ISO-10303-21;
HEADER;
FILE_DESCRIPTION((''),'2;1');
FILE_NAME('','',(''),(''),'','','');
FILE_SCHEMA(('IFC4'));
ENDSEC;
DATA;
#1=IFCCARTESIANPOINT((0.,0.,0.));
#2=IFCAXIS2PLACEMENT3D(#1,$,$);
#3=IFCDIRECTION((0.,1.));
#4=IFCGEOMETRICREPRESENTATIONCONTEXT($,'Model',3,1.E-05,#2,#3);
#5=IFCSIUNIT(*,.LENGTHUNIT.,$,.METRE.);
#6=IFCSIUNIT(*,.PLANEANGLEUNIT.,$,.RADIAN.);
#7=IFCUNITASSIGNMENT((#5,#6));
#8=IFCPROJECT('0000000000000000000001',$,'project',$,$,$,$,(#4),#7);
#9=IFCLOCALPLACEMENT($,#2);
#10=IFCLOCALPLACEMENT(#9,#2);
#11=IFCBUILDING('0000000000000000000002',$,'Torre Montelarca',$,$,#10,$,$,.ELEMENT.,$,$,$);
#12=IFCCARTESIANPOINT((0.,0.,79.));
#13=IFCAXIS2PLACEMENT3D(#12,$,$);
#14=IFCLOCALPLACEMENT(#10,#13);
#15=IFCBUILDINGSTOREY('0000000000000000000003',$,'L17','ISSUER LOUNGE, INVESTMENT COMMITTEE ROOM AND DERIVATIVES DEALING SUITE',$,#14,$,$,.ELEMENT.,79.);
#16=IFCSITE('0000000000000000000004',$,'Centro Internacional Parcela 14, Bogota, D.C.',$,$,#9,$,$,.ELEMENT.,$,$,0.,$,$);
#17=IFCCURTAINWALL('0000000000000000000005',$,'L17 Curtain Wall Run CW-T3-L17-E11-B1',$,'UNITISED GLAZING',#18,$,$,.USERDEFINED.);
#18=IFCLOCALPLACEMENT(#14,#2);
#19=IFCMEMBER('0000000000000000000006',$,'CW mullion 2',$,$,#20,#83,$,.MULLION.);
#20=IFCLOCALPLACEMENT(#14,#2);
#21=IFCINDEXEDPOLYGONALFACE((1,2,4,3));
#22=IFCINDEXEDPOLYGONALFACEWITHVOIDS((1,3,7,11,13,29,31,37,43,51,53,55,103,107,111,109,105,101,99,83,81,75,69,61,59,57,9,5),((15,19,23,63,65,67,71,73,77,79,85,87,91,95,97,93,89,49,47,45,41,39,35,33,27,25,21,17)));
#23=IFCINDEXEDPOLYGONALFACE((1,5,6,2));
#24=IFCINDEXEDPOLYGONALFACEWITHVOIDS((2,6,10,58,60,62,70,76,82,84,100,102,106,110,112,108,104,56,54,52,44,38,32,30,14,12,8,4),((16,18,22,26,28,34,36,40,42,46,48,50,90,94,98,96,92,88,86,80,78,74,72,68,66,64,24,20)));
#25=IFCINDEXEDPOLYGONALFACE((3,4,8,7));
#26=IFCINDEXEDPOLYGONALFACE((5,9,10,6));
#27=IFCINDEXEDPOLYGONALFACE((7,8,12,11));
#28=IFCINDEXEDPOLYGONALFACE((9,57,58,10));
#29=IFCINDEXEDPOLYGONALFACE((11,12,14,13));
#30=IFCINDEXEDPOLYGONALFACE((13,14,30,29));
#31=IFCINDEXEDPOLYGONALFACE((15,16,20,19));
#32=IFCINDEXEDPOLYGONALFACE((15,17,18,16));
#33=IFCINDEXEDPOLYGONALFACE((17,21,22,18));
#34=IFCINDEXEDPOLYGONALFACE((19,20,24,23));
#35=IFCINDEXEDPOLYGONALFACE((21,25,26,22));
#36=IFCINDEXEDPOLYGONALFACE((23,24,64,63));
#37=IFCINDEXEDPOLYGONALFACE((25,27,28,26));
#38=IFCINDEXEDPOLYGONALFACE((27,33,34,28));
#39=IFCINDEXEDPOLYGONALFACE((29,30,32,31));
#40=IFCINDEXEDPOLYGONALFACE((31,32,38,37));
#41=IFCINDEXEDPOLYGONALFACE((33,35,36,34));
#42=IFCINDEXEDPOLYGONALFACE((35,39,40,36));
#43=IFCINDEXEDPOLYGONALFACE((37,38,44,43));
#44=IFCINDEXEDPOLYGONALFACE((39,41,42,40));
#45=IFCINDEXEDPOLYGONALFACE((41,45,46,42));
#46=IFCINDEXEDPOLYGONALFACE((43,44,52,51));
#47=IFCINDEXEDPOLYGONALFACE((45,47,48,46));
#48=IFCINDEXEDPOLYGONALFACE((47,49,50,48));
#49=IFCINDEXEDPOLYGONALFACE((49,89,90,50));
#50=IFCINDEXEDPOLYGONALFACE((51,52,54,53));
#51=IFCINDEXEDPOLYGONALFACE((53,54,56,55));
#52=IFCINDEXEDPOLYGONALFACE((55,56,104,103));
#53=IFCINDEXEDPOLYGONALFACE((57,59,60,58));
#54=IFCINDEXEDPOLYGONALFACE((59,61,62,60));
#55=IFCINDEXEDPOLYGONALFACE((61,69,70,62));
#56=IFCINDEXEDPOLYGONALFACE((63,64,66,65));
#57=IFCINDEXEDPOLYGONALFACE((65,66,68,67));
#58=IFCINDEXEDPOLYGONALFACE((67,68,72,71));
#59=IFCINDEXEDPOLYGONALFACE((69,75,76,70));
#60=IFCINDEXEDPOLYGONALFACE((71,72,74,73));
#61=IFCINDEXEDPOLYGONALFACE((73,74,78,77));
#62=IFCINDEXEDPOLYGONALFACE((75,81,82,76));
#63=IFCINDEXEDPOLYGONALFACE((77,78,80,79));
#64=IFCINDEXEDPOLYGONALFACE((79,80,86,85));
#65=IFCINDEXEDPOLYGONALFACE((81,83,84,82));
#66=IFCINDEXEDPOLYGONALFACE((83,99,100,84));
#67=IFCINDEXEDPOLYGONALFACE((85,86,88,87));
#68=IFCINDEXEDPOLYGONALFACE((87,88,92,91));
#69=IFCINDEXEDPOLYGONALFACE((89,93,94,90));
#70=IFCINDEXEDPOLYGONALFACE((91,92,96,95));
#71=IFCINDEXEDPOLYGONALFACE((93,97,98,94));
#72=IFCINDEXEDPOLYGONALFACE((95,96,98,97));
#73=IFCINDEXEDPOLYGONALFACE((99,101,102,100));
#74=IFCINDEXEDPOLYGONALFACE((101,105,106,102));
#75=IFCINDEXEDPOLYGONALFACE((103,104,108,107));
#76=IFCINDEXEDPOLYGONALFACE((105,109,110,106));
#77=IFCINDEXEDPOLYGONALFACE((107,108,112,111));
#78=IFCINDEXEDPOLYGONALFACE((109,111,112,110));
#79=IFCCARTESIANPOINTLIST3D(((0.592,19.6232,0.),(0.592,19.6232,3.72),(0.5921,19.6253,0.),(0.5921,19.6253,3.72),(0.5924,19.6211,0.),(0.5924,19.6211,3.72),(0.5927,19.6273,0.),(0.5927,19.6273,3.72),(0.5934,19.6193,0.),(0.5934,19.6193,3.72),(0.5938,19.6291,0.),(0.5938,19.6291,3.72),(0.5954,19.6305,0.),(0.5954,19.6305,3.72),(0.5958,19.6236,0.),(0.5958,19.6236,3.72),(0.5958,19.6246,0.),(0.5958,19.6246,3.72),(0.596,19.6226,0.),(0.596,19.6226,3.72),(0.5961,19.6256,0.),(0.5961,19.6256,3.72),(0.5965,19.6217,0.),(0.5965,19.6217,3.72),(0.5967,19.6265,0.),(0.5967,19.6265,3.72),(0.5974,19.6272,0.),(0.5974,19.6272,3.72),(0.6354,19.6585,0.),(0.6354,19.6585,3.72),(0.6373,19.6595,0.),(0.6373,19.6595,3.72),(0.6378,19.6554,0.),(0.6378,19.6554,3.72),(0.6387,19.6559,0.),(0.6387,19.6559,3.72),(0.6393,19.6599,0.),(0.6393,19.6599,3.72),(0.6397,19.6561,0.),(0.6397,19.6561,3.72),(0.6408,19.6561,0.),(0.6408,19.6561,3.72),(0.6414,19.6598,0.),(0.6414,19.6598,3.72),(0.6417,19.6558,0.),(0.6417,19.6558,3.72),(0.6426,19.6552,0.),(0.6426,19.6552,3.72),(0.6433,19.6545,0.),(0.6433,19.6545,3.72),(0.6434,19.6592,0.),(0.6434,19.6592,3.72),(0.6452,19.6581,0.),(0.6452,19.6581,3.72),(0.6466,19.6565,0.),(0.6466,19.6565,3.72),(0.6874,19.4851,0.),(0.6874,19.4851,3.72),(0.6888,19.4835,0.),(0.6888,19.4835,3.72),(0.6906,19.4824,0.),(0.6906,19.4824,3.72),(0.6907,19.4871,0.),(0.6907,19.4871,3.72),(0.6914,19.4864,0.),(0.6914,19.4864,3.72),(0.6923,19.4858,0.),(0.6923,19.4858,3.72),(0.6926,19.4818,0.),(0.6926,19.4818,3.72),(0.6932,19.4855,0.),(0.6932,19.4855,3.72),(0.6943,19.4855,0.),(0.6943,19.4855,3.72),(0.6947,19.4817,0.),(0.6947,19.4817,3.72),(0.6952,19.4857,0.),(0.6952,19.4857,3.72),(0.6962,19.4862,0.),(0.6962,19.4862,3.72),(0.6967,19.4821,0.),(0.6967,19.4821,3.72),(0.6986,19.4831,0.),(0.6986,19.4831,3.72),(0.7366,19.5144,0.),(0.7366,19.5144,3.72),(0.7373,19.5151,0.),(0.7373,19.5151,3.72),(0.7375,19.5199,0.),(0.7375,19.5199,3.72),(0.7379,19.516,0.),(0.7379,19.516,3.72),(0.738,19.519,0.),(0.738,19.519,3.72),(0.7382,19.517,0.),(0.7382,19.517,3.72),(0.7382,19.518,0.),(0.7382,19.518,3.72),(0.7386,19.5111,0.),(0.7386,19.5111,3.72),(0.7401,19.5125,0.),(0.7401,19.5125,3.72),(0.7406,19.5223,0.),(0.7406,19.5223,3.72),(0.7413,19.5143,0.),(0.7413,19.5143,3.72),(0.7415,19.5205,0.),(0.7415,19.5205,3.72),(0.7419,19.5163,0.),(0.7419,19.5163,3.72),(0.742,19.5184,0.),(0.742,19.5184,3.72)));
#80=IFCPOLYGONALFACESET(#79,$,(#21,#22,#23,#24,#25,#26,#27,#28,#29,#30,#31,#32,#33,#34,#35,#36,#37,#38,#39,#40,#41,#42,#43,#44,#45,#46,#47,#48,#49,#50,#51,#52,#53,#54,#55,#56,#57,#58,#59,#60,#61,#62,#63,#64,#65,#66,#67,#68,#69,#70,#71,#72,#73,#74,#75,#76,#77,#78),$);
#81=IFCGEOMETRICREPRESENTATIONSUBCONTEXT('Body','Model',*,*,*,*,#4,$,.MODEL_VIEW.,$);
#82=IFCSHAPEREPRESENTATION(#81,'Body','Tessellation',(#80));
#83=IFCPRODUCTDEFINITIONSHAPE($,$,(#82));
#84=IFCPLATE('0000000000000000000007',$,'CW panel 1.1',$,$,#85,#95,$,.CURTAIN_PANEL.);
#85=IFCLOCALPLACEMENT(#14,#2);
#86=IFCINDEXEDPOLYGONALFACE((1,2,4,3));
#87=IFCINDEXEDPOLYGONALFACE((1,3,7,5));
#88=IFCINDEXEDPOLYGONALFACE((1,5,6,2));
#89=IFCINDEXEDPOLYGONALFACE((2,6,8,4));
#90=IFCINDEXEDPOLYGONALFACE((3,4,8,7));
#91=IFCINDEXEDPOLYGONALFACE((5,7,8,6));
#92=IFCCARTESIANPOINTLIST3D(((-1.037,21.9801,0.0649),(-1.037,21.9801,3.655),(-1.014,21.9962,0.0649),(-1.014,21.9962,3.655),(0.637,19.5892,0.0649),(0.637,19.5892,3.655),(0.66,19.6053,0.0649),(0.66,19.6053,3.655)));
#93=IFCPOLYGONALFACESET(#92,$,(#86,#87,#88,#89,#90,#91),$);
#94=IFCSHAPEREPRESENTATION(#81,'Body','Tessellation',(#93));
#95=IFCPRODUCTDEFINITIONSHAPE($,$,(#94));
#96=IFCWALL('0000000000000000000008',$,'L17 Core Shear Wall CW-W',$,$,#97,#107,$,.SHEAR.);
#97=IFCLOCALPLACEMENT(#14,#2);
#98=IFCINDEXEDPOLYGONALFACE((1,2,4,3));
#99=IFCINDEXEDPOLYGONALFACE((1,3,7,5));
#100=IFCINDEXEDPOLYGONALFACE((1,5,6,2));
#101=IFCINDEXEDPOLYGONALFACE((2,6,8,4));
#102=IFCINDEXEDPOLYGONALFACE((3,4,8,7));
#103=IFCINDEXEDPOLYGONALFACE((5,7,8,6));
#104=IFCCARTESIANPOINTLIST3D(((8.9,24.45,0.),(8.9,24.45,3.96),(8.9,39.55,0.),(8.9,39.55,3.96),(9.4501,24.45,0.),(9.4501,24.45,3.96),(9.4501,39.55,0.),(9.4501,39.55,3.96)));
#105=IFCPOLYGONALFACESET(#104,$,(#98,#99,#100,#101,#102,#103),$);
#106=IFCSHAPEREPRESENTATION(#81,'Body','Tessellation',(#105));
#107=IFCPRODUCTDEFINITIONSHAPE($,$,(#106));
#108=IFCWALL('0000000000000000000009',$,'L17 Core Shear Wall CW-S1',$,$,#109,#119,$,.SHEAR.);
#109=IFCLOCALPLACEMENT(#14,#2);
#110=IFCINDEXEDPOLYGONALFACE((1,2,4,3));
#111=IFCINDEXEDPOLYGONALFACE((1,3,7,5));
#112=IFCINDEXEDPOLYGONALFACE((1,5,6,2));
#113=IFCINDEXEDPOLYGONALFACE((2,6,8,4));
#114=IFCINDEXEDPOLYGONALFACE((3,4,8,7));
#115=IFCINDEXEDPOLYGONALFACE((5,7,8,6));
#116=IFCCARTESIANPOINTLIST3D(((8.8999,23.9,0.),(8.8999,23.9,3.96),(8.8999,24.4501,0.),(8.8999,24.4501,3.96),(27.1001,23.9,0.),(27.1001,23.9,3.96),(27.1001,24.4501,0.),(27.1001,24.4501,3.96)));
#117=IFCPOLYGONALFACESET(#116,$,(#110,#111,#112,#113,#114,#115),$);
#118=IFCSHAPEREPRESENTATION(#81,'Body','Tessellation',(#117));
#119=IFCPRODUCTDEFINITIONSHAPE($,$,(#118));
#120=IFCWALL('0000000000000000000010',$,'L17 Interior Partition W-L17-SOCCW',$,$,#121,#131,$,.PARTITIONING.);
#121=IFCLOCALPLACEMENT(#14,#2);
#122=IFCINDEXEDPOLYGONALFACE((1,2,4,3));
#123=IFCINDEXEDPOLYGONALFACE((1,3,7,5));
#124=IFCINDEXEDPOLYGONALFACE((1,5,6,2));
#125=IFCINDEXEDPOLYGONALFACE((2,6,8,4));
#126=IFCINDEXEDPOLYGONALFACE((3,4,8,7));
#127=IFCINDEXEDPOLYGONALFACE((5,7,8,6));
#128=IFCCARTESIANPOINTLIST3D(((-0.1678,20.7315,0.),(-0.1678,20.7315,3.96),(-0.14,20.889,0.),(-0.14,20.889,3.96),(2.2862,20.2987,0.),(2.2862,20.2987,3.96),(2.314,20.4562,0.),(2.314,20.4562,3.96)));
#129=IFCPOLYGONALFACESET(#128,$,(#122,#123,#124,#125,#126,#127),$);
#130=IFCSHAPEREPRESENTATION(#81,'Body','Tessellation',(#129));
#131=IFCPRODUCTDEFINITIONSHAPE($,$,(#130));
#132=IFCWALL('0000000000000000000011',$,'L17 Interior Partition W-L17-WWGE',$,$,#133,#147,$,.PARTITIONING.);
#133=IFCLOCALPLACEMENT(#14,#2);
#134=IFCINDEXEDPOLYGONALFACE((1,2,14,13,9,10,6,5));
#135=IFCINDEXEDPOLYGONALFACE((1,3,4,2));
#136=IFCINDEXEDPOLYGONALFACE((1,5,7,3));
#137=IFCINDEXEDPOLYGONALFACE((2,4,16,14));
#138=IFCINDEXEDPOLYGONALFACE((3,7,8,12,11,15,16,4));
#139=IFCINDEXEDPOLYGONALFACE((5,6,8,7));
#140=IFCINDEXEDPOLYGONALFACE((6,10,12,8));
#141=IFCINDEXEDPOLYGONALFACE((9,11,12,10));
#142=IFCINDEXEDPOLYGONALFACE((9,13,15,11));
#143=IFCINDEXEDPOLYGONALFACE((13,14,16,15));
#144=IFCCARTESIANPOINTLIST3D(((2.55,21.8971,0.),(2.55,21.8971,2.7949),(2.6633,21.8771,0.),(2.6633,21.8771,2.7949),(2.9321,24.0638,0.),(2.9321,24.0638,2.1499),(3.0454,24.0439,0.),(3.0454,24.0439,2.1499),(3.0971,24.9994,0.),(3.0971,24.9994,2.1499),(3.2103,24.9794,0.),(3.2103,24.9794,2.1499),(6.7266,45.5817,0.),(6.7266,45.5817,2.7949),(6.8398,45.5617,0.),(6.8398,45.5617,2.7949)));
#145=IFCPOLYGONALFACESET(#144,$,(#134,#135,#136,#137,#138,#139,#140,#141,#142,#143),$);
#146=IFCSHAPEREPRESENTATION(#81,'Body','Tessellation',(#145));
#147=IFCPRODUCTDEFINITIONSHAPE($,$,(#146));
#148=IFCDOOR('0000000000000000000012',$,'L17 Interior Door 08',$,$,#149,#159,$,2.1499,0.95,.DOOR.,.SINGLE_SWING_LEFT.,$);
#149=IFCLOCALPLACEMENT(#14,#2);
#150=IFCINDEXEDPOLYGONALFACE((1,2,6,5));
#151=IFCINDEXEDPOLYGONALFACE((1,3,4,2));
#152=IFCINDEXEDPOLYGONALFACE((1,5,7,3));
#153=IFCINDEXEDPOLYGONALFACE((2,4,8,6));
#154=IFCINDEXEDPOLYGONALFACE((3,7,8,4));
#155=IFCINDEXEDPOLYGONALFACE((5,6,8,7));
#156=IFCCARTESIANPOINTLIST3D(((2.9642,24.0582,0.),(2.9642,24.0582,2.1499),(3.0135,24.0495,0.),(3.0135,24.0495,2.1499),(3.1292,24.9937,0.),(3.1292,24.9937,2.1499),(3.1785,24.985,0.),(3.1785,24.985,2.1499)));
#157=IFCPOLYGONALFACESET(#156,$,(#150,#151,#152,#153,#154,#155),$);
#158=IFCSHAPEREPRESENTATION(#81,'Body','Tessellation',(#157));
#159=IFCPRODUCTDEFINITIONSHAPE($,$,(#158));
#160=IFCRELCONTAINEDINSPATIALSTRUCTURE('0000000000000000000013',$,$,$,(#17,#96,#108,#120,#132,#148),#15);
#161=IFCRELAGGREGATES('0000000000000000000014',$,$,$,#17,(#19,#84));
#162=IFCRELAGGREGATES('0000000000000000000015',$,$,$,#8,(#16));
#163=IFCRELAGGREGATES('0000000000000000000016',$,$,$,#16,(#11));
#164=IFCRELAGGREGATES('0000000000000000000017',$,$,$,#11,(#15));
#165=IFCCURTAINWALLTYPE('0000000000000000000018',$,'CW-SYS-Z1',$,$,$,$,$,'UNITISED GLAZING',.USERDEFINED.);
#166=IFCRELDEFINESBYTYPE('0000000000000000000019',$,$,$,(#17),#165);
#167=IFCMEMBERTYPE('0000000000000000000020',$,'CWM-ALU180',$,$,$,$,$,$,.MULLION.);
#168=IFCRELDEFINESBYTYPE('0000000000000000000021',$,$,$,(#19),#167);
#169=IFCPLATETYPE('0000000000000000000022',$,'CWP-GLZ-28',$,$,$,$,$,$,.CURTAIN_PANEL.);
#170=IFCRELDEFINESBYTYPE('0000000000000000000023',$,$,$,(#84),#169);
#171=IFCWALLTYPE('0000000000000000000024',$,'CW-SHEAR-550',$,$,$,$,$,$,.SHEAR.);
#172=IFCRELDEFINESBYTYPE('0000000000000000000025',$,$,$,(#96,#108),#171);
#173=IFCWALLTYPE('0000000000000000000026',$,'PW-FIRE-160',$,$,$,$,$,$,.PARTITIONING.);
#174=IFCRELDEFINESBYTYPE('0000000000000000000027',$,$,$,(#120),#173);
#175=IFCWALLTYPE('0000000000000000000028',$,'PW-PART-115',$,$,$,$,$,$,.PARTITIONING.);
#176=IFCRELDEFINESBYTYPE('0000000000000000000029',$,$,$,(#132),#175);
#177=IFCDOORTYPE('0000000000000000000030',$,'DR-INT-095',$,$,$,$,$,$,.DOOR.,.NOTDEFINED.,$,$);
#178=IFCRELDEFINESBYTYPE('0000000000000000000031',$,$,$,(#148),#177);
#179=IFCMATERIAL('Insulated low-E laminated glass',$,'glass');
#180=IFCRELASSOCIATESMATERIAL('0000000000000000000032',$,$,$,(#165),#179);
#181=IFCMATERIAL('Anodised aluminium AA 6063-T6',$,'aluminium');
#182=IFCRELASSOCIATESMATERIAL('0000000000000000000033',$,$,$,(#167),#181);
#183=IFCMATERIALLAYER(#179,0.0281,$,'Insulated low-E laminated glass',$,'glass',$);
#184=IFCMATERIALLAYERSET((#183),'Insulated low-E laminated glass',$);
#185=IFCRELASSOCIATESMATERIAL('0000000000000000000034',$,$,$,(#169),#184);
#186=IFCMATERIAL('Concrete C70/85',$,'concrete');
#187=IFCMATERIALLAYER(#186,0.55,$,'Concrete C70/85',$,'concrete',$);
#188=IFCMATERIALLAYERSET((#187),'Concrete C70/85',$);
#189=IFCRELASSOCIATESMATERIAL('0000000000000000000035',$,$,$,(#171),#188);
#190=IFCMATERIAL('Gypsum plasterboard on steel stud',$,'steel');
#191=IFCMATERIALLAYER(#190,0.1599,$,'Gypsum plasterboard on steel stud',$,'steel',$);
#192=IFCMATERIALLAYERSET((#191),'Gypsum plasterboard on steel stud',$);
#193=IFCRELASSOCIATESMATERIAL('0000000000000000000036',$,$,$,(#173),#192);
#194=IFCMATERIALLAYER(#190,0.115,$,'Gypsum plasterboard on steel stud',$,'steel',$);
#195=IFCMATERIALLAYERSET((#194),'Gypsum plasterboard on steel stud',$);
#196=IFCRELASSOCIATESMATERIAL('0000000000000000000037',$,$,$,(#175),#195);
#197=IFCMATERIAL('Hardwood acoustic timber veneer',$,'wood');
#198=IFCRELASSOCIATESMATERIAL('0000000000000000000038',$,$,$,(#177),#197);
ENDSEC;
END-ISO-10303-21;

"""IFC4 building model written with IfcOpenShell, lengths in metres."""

from ifc_helpers import new_model, si_unit, direction, frame, frame_2d, origin, origin_2d, place, context, subcontext, project, spatial, rectangle, hollow_rectangle, extrude, source, transform, mapped, material, layer, layer_set, material_profile, profile_set, type_object, element, fill, aggregate, save


model = new_model("IFC4")

# Units and contexts
model_context = context("Model", 3, precision=1e-05, world=origin(), true_north=direction((0.0, 1.0)))
body_context = subcontext(model_context, "Body", "Model", "MODEL_VIEW")
ifc_project = project(units=[si_unit("LENGTHUNIT", "METRE"), si_unit("PLANEANGLEUNIT", "RADIAN")], contexts=[model_context])

# Site, building, storey
site_placement = place(None, origin())
site = spatial("IfcSite", under=ifc_project, at=site_placement, Name="Centro Internacional Parcela 14, Bogota, D.C.", CompositionType="ELEMENT", RefElevation=0.0)
building_placement = place(site_placement, origin())
building = spatial("IfcBuilding", under=site, at=building_placement, Name="Torre Montelarca", CompositionType="ELEMENT")
storey_placement = place(building_placement, frame((0.0, 0.0, 79.0)))
storey = spatial("IfcBuildingStorey", under=building, at=storey_placement, Name="L17", Description="ISSUER LOUNGE, INVESTMENT COMMITTEE ROOM AND DERIVATIVES DEALING SUITE", CompositionType="ELEMENT", Elevation=79.0)

# Shared definitions
ifc_material_1 = material(Name="Concrete C70/85", Category="concrete")

# Curtain wall
ifc_material_2 = material(Name="Insulated low-E laminated glass", Category="glass")
curtain_wall_type = type_object("IfcCurtainWallType", Name="CW-SYS-Z1", ElementType="UNITISED GLAZING", PredefinedType="USERDEFINED", material=ifc_material_2)
curtain_wall_1_placement = place(storey_placement, origin())
curtain_wall_1 = element("IfcCurtainWall", 1, at=curtain_wall_1_placement, inside=storey, type_object=curtain_wall_type, Name="L17 Curtain Wall Run CW-T3-L17-E11-B1", ObjectType="UNITISED GLAZING", PredefinedType="USERDEFINED")
ifc_material_3 = material(Name="Anodised aluminium AA 6063-T6", Category="aluminium")

# Shared definitions
ifc_material_profile_1 = material_profile(ifc_material_3, hollow_rectangle(XDim=0.0649, YDim=0.1799, WallThickness=0.0039, InnerFilletRadius=0.0039, OuterFilletRadius=0.0081, at=origin_2d()), Name="ALU65X180X4", Category="aluminium")
ifc_profile_set_1 = profile_set([ifc_material_profile_1], Name="Anodised aluminium AA 6063-T6")
member_type_1 = type_object("IfcMemberType", Name="CWM-ALU180", PredefinedType="MULLION", material=ifc_profile_set_1)
shared_shape_1 = source(origin(), body_context, "Body", "SweptSolid", [
    extrude(hollow_rectangle(XDim=0.0649, YDim=0.1799, WallThickness=0.0039, InnerFilletRadius=0.0039, OuterFilletRadius=0.0081, at=origin_2d()), origin(), (0.0, 0.0, 1.0), 3.72),
])

# Member
member_1_placement = place(storey_placement, frame((0.667, 19.5708, 0.0), z_axis=(0.0, 0.0, 1.0), x_axis=(0.819174, 0.573546, 0.0)))
member_1 = element("IfcMember", 2, at=member_1_placement, type_object=member_type_1, Name="CW mullion 2", PredefinedType="MULLION", context=body_context, shape_type="MappedRepresentation", body=[
    mapped(shared_shape_1, transform((0.0, 0.0, 0.0), scale=1.0)),
])

# Plate
ifc_layer_1 = layer(ifc_material_2, 0.0281, Name="Insulated low-E laminated glass", Category="glass")
ifc_layer_set_1 = layer_set([ifc_layer_1], Name="Insulated low-E laminated glass")
plate_type = type_object("IfcPlateType", Name="CWP-GLZ-28", PredefinedType="CURTAIN_PANEL", material=ifc_layer_set_1)
shared_shape_2 = source(origin(), body_context, "Body", "SweptSolid", [
    extrude(rectangle(XDim=2.9187, YDim=0.0281, at=origin_2d()), origin(), (0.0, 0.0, 1.0), 3.5901),
])
plate_placement = place(storey_placement, frame((-0.1885, 20.7927, 0.0649), z_axis=(0.0, 0.0, 1.0), x_axis=(0.573546, -0.819174, 0.0)))
plate = element("IfcPlate", 3, at=plate_placement, type_object=plate_type, Name="CW panel 1.1", PredefinedType="CURTAIN_PANEL", context=body_context, shape_type="MappedRepresentation", body=[
    mapped(shared_shape_2, transform((0.0, 0.0, 0.0), scale=1.0)),
])
aggregate(curtain_wall_1, [member_1, plate])

# Walls
ifc_layer_2 = layer(ifc_material_1, 0.55, Name="Concrete C70/85", Category="concrete")
ifc_layer_set_2 = layer_set([ifc_layer_2], Name="Concrete C70/85")
wall_type_1 = type_object("IfcWallType", Name="CW-SHEAR-550", PredefinedType="SHEAR", material=ifc_layer_set_2)
wall_1_placement = place(storey_placement, frame((9.175, 24.45, 0.0), z_axis=(0.0, 0.0, 1.0), x_axis=(0.0, 1.0, 0.0)))
element("IfcWall", 4, at=wall_1_placement, inside=storey, type_object=wall_type_1, Name="L17 Core Shear Wall CW-W", PredefinedType="SHEAR", context=body_context, shape_type="SweptSolid", body=[
    extrude(rectangle(XDim=15.1001, YDim=0.55, at=frame_2d((7.55, 0.0))), origin(), (0.0, 0.0, 1.0), 3.96),
])
wall_2_placement = place(storey_placement, frame((8.8999, 24.175, 0.0), z_axis=(0.0, 0.0, 1.0), x_axis=(1.0, 0.0, 0.0)))
element("IfcWall", 5, at=wall_2_placement, inside=storey, type_object=wall_type_1, Name="L17 Core Shear Wall CW-S1", PredefinedType="SHEAR", context=body_context, shape_type="SweptSolid", body=[
    extrude(rectangle(XDim=18.2002, YDim=0.55, at=frame_2d((9.1001, 0.0))), origin(), (0.0, 0.0, 1.0), 3.96),
])
ifc_material_4 = material(Name="Gypsum plasterboard on steel stud", Category="steel")
ifc_layer_3 = layer(ifc_material_4, 0.1599, Name="Gypsum plasterboard on steel stud", Category="steel")
ifc_layer_set_3 = layer_set([ifc_layer_3], Name="Gypsum plasterboard on steel stud")
wall_type_2 = type_object("IfcWallType", Name="PW-FIRE-160", PredefinedType="PARTITIONING", material=ifc_layer_set_3)
wall_3_placement = place(storey_placement, frame((-0.1541, 20.8103, 0.0), z_axis=(0.0, 0.0, 1.0), x_axis=(0.984798, -0.173701, 0.0)))
element("IfcWall", 6, at=wall_3_placement, inside=storey, type_object=wall_type_2, Name="L17 Interior Partition W-L17-SOCCW", PredefinedType="PARTITIONING", context=body_context, shape_type="SweptSolid", body=[
    extrude(rectangle(XDim=2.4919, YDim=0.1599, at=frame_2d((1.2461, 0.0))), origin(), (0.0, 0.0, 1.0), 3.96),
])

# Wall, opening, door
ifc_layer_4 = layer(ifc_material_4, 0.115, Name="Gypsum plasterboard on steel stud", Category="steel")
ifc_layer_set_4 = layer_set([ifc_layer_4], Name="Gypsum plasterboard on steel stud")
wall_type_3 = type_object("IfcWallType", Name="PW-PART-115", PredefinedType="PARTITIONING", material=ifc_layer_set_4)
wall_4_placement = place(storey_placement, frame((2.6067, 21.8872, 0.0), z_axis=(0.0, 0.0, 1.0), x_axis=(0.17366, 0.984806, 0.0)))
wall_4 = element("IfcWall", 7, at=wall_4_placement, inside=storey, type_object=wall_type_3, Name="L17 Interior Partition W-L17-WWGE", PredefinedType="PARTITIONING", context=body_context, shape_type="SweptSolid", body=[
    extrude(rectangle(XDim=24.05, YDim=0.115, at=frame_2d((12.0249, 0.0))), origin(), (0.0, 0.0, 1.0), 2.7949),
])
opening_1_placement = place(wall_4_placement, frame((2.2, 0.0, 0.0)))
opening_1 = element("IfcOpeningElement", 8, at=opening_1_placement, cuts=wall_4, PredefinedType="OPENING", context=body_context, shape_type="SweptSolid", body=[
    extrude(rectangle(XDim=0.95, YDim=2.1499, at=frame_2d((0.4751, 1.075))), frame((0.0, 0.0674, 0.0), z_axis=(0.0, -1.0, 0.0), x_axis=(1.0, 0.0, 0.0)), (0.0, 0.0, 1.0), 0.135),
])
ifc_material_5 = material(Name="Hardwood acoustic timber veneer", Category="wood")
door_type_1 = type_object("IfcDoorType", Name="DR-INT-095", OperationType="NOTDEFINED", PredefinedType="DOOR", material=ifc_material_5)
shared_shape_3 = source(origin(), body_context, "Body", "SweptSolid", [
    extrude(rectangle(XDim=0.95, YDim=2.1499, at=frame_2d((0.4751, 1.075))), frame((0.0, 0.0249, 0.0), z_axis=(0.0, -1.0, 0.0), x_axis=(1.0, 0.0, 0.0)), (0.0, 0.0, 1.0), 0.05),
])
door_1_placement = place(opening_1_placement, origin())
door_1 = element("IfcDoor", 9, at=door_1_placement, inside=storey, type_object=door_type_1, Name="L17 Interior Door 08", OperationType="SINGLE_SWING_LEFT", OverallHeight=2.1499, OverallWidth=0.95, PredefinedType="DOOR", context=body_context, shape_type="MappedRepresentation", body=[
    mapped(shared_shape_3, transform((0.0, 0.0, 0.0), scale=1.0)),
])
fill(opening_1, door_1)

save(model, "model.ifc")
